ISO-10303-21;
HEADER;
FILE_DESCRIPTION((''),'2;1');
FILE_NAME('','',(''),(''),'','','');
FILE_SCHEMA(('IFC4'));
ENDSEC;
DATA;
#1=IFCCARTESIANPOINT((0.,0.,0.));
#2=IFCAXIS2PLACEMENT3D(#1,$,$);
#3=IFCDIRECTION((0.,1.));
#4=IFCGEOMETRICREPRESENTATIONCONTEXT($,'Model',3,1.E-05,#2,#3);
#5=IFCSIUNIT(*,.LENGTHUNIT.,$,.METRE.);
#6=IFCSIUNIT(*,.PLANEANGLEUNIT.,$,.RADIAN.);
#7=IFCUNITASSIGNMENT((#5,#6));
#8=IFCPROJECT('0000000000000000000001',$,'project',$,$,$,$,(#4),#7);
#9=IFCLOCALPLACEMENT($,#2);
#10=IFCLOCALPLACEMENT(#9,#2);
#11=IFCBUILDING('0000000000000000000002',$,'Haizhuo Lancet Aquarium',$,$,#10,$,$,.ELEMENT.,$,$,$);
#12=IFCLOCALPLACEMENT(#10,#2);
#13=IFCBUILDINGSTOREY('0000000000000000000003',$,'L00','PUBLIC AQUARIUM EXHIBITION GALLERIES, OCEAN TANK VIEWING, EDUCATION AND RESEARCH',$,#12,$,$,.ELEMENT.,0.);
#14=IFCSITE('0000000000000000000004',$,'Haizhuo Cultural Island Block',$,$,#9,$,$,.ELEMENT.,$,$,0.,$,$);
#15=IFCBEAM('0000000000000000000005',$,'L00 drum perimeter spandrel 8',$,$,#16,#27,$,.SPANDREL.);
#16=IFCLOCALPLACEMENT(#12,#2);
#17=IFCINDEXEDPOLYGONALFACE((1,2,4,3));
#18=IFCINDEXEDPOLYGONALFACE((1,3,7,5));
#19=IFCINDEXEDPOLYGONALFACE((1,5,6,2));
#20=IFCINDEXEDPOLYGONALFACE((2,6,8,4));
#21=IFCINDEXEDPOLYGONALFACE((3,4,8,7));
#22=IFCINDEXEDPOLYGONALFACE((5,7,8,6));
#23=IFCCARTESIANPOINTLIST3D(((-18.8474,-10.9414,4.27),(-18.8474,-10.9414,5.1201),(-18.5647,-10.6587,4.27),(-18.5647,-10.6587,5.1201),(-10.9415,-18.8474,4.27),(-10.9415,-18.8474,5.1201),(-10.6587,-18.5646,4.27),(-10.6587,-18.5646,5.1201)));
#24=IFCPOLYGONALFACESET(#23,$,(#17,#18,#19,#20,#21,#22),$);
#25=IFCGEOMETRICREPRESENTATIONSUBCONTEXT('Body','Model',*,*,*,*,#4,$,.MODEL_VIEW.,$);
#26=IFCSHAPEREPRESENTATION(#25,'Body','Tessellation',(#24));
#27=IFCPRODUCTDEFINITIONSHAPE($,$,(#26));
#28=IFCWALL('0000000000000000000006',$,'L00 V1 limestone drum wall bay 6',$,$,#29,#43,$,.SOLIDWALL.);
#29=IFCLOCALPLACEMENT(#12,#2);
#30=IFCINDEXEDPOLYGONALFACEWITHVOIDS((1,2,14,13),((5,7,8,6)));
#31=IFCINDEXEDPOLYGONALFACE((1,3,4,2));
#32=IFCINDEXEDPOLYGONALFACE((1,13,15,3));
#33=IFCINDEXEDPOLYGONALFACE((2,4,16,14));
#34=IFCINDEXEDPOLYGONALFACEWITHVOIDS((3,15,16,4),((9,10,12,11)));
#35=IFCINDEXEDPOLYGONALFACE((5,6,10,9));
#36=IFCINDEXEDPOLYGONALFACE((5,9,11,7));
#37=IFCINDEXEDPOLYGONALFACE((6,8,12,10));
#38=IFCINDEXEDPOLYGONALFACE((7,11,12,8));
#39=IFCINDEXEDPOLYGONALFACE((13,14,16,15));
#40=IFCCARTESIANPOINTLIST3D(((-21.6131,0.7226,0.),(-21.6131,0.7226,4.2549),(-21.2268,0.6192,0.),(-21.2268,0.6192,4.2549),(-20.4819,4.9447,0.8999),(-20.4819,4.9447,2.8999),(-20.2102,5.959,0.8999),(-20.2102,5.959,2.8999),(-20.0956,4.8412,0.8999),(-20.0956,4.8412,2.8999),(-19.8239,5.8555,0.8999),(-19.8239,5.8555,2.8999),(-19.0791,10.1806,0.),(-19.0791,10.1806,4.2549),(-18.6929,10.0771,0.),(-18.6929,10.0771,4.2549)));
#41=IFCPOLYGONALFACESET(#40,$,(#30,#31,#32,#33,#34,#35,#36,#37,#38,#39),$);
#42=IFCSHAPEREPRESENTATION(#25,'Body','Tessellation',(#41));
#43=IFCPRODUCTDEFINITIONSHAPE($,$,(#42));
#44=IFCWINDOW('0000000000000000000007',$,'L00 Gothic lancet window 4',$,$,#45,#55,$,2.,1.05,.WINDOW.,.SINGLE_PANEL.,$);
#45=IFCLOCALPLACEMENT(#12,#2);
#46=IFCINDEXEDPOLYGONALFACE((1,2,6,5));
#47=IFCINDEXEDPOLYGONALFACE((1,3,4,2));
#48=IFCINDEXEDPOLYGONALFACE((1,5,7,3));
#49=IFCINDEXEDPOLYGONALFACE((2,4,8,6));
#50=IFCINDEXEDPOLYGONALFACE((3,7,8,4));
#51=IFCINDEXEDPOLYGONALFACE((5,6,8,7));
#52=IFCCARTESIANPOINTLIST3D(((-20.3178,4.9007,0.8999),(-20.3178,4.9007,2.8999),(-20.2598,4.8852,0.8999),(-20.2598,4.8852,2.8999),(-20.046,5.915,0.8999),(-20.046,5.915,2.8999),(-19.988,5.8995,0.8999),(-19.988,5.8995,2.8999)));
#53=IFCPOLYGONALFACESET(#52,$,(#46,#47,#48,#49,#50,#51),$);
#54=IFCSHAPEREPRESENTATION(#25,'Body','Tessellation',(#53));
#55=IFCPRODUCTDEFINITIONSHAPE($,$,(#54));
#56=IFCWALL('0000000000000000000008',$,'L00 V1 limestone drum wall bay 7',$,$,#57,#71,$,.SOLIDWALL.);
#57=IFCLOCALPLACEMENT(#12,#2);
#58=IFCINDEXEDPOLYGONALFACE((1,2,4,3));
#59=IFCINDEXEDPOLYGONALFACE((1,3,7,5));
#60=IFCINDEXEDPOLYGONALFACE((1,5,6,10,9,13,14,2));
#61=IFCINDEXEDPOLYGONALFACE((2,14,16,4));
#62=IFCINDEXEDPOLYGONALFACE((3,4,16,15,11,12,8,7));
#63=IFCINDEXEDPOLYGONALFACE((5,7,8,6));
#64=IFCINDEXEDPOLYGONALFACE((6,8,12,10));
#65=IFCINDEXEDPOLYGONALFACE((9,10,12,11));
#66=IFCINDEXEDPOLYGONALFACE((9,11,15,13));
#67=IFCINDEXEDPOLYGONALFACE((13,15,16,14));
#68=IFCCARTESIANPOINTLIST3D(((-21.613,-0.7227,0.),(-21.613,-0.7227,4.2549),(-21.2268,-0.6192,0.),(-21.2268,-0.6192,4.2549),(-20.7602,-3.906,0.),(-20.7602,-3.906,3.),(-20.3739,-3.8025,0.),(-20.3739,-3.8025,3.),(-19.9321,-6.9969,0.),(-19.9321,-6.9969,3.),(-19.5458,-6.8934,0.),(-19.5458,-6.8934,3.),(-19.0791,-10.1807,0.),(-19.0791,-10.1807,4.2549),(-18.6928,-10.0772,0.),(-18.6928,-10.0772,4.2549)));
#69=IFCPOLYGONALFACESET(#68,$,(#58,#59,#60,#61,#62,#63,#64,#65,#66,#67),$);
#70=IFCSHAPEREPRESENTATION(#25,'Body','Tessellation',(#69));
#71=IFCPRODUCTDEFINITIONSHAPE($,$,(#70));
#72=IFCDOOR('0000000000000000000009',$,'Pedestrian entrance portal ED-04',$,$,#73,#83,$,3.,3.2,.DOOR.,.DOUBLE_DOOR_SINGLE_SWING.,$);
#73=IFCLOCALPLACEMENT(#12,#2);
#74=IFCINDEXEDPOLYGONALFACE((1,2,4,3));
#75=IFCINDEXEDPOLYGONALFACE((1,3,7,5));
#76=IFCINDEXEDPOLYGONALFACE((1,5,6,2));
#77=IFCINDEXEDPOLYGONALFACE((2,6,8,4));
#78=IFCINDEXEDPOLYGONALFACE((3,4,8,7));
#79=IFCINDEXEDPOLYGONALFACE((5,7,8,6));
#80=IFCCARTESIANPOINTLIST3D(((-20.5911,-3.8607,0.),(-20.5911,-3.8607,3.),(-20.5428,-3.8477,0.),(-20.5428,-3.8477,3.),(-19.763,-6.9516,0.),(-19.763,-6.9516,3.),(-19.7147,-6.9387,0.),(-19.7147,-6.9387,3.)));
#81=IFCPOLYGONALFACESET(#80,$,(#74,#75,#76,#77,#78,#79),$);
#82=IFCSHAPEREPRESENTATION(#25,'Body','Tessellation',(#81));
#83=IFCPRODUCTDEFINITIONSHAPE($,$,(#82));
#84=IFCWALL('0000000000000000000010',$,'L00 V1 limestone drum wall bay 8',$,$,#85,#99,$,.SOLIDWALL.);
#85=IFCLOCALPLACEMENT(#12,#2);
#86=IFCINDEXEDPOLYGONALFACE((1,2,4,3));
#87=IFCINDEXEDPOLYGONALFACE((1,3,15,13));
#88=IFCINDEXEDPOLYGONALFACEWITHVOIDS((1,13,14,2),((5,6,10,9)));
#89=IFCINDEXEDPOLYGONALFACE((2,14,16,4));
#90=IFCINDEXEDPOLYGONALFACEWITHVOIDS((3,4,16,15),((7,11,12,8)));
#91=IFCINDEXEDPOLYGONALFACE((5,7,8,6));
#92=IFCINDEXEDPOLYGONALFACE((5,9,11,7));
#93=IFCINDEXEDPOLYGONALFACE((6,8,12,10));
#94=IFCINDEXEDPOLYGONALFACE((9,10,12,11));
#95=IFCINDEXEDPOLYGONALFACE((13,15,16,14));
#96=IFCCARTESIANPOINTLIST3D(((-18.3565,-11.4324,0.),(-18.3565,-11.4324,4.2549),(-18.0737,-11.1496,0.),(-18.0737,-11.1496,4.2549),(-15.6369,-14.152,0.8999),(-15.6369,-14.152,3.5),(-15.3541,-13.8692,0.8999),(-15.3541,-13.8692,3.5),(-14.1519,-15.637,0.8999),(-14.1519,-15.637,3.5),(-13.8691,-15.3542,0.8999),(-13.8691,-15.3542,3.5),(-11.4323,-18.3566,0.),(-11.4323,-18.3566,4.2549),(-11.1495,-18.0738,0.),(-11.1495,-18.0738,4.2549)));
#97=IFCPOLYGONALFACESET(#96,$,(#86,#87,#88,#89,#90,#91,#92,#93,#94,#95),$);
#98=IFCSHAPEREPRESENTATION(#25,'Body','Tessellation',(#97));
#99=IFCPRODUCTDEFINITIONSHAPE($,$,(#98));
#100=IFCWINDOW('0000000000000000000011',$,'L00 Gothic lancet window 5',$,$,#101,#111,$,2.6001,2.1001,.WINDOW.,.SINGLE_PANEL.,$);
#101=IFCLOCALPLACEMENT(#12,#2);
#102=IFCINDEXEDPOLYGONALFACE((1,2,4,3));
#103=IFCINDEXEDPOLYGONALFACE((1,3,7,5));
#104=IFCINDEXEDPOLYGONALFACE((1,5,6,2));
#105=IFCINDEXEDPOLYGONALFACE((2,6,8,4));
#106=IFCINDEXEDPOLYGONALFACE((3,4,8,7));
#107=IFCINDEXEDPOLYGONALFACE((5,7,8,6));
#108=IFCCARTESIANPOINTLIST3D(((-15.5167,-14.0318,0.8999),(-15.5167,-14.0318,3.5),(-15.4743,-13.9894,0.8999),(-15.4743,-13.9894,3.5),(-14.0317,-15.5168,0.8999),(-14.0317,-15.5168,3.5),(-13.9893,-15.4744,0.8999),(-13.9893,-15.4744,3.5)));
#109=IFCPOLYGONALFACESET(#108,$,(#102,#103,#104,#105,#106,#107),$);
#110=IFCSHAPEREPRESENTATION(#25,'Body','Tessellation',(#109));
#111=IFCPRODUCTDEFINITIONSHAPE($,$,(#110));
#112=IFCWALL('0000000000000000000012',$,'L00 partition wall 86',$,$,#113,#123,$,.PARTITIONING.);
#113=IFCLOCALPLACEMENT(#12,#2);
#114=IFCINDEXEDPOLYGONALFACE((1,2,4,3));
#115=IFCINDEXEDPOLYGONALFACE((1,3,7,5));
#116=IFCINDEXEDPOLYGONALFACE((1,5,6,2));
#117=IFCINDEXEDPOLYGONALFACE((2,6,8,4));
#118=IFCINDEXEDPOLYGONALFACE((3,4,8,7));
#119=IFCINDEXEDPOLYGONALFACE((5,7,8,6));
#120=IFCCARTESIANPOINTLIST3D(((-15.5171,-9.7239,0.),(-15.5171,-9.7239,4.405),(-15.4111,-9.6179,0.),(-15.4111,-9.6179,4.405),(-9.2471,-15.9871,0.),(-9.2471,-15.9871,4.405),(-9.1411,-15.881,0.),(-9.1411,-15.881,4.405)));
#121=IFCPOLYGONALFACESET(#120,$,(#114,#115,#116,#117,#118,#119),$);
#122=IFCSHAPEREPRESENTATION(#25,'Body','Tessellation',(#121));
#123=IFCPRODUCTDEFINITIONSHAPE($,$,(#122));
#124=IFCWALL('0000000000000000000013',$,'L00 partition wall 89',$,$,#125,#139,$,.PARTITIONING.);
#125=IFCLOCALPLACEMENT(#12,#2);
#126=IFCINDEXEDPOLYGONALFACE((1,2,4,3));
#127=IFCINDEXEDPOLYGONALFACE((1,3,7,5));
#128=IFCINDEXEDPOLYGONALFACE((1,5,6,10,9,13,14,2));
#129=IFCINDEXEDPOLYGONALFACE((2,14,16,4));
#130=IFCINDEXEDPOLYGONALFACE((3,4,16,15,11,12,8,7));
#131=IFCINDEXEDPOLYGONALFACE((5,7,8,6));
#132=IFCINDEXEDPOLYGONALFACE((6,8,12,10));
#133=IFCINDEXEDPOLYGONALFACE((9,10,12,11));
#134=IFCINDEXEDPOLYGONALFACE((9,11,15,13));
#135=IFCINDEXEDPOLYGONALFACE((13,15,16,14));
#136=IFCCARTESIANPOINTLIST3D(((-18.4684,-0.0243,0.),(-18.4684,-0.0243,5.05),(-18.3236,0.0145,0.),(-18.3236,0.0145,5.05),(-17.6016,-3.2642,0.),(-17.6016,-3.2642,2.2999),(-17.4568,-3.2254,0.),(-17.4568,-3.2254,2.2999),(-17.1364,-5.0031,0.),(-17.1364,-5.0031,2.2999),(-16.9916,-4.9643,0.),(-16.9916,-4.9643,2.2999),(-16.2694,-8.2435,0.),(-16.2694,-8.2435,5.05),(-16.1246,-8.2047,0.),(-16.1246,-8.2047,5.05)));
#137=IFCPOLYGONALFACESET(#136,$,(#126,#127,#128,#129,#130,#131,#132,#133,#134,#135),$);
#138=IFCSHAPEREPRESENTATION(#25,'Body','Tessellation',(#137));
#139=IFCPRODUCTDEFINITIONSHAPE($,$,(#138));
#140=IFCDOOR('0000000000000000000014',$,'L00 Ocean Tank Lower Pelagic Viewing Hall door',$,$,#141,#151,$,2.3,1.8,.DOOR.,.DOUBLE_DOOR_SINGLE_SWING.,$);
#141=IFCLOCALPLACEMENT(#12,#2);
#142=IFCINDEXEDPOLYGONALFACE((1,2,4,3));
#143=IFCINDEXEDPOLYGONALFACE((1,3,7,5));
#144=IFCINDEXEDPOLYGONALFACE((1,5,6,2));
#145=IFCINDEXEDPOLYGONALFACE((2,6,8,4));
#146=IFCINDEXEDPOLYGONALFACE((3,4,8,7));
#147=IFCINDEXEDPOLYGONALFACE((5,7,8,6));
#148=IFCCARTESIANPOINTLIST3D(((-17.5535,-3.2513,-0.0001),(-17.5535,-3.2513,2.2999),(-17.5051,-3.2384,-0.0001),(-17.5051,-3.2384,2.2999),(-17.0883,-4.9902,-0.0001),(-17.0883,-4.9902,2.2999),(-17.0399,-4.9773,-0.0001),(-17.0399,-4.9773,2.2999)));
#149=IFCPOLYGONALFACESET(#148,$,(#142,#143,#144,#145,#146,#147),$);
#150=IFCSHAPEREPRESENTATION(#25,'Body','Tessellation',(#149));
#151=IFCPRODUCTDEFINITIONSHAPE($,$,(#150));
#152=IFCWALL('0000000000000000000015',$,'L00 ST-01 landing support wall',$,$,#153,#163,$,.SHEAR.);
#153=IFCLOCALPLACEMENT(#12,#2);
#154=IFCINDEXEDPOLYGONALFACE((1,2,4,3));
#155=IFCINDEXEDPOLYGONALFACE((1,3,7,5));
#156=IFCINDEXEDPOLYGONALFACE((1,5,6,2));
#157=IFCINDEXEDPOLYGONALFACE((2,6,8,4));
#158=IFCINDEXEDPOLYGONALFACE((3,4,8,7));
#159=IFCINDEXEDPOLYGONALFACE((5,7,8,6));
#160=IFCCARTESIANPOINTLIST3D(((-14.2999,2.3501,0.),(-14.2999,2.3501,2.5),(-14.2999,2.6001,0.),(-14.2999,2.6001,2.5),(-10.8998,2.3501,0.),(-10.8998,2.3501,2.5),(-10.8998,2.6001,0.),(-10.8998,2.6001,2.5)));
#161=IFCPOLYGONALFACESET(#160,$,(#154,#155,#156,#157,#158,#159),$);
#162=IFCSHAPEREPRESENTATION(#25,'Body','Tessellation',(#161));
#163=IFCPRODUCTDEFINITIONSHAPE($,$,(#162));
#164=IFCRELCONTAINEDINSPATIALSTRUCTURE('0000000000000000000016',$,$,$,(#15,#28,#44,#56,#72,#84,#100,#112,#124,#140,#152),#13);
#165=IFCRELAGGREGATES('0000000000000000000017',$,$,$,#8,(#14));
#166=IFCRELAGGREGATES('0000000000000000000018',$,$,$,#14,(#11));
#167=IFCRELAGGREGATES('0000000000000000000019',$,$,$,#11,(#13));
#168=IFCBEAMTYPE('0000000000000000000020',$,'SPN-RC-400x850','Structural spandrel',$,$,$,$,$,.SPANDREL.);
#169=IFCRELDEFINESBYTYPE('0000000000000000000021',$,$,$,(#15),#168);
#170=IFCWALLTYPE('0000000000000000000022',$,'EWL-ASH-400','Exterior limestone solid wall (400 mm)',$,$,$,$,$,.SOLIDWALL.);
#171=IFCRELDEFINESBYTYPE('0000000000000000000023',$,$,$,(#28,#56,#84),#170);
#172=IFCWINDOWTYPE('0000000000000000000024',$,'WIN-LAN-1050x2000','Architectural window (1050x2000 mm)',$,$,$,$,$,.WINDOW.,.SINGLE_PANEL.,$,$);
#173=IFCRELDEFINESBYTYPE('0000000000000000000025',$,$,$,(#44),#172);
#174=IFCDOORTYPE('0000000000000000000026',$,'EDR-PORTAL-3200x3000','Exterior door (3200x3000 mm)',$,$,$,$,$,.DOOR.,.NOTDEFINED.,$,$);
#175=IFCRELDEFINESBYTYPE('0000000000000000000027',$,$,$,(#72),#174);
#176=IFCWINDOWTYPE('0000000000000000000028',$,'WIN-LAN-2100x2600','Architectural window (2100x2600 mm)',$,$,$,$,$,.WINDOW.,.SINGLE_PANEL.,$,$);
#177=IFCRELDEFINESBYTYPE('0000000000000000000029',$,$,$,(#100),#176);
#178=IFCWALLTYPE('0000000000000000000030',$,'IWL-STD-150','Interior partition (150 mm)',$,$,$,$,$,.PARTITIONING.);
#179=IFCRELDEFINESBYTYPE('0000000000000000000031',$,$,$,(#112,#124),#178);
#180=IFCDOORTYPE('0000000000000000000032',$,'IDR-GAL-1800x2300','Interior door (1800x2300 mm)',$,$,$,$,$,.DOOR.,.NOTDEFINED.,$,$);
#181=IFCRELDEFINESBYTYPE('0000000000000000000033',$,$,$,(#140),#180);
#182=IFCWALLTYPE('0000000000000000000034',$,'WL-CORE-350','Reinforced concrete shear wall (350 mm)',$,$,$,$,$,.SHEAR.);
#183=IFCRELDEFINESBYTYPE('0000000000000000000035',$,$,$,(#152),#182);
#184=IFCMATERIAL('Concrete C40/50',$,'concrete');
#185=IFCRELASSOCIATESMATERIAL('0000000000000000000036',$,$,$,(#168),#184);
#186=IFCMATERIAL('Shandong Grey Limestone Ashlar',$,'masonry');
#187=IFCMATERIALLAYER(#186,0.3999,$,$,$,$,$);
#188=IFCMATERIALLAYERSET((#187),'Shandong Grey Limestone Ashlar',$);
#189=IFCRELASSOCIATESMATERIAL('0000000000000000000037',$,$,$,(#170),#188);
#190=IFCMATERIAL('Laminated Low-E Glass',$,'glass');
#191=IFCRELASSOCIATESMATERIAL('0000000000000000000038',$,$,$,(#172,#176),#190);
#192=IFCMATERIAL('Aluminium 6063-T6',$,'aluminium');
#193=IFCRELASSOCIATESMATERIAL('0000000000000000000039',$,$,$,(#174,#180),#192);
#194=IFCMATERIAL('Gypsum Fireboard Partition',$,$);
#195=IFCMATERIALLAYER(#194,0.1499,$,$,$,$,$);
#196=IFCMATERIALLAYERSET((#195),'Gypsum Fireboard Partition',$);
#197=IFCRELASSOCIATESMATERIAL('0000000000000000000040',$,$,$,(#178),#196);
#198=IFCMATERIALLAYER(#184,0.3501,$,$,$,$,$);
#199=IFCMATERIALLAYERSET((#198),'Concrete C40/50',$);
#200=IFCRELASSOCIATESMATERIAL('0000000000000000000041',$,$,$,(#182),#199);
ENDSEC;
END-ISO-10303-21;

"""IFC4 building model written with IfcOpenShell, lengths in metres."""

from ifc_helpers import new_model, si_unit, direction, frame, frame_2d, origin, origin_2d, place, context, subcontext, project, spatial, rectangle, extrude, material, layer, layer_set, material_profile, profile_set, type_object, element, fill, save


model = new_model("IFC4")

# Units and contexts
model_context = context("Model", 3, precision=1e-05, world=origin(), true_north=direction((0.0, 1.0)))
body_context = subcontext(model_context, "Body", "Model", "MODEL_VIEW")
ifc_project = project(units=[si_unit("LENGTHUNIT", "METRE"), si_unit("PLANEANGLEUNIT", "RADIAN")], contexts=[model_context])

# Site, building, storey
site_placement = place(None, origin())
site = spatial("IfcSite", under=ifc_project, at=site_placement, Name="Haizhuo Cultural Island Block", CompositionType="ELEMENT", RefElevation=0.0)
building_placement = place(site_placement, origin())
building = spatial("IfcBuilding", under=site, at=building_placement, Name="Haizhuo Lancet Aquarium", CompositionType="ELEMENT")
storey_placement = place(building_placement, origin())
storey = spatial("IfcBuildingStorey", under=building, at=storey_placement, Name="L00", Description="PUBLIC AQUARIUM EXHIBITION GALLERIES, OCEAN TANK VIEWING, EDUCATION AND RESEARCH", CompositionType="ELEMENT", Elevation=0.0)

# Beam
ifc_material_1 = material(Name="Concrete C40/50", Category="concrete")
ifc_material_profile_1 = material_profile(ifc_material_1, rectangle(XDim=0.3999, YDim=0.8501, at=origin_2d()), Name="RC-SP 400x850")
ifc_profile_set_1 = profile_set([ifc_material_profile_1], Name="Concrete C40/50")
beam_type = type_object("IfcBeamType", Name="SPN-RC-400x850", Description="Structural spandrel", PredefinedType="SPANDREL", material=ifc_profile_set_1)
beam_placement = place(storey_placement, frame((-18.7061, -10.8, 4.6951), z_axis=(0.707107, -0.707107, 0.0), x_axis=(0.707107, 0.707107, 0.0)))
element("IfcBeam", 1, at=beam_placement, inside=storey, type_object=beam_type, Name="L00 drum perimeter spandrel 8", PredefinedType="SPANDREL", context=body_context, shape_type="SweptSolid", body=[
    extrude(rectangle(XDim=0.3999, YDim=0.8501, at=origin_2d()), origin(), (0.0, 0.0, 1.0), 11.1807),
])

# Wall, opening, window
ifc_material_2 = material(Name="Shandong Grey Limestone Ashlar", Category="masonry")
ifc_layer_1 = layer(ifc_material_2, 0.3999)
ifc_layer_set_1 = layer_set([ifc_layer_1], Name="Shandong Grey Limestone Ashlar")
wall_type_1 = type_object("IfcWallType", Name="EWL-ASH-400", Description="Exterior limestone solid wall (400 mm)", PredefinedType="SOLIDWALL", material=ifc_layer_set_1)
wall_1_placement = place(storey_placement, frame((-21.4199, 0.6709, 0.0), z_axis=(0.0, 0.0, 1.0), x_axis=(0.258788, 0.965934, 0.0)))
wall_1 = element("IfcWall", 2, at=wall_1_placement, inside=storey, type_object=wall_type_1, Name="L00 V1 limestone drum wall bay 6", PredefinedType="SOLIDWALL", context=body_context, shape_type="SweptSolid", body=[
    extrude(rectangle(XDim=9.7915, YDim=0.3999, at=frame_2d((4.8958, 0.0))), origin(), (0.0, 0.0, 1.0), 4.2549),
])
opening_1_placement = place(wall_1_placement, frame((4.3711, 0.0, 0.8999)))
opening_1 = element("IfcOpeningElement", 3, at=opening_1_placement, cuts=wall_1, PredefinedType="OPENING", context=body_context, shape_type="SweptSolid", body=[
    extrude(rectangle(XDim=1.05, YDim=2.0, at=frame_2d((0.5249, 1.0))), frame((0.0, 0.21, 0.0), z_axis=(0.0, -1.0, 0.0), x_axis=(1.0, 0.0, 0.0)), (0.0, 0.0, 1.0), 0.4199),
])
ifc_material_3 = material(Name="Laminated Low-E Glass", Category="glass")
window_type_1 = type_object("IfcWindowType", Name="WIN-LAN-1050x2000", Description="Architectural window (1050x2000 mm)", PartitioningType="SINGLE_PANEL", PredefinedType="WINDOW", material=ifc_material_3)
window_1_placement = place(opening_1_placement, origin())
window_1 = element("IfcWindow", 4, at=window_1_placement, inside=storey, type_object=window_type_1, Name="L00 Gothic lancet window 4", OverallHeight=2.0, OverallWidth=1.05, PartitioningType="SINGLE_PANEL", PredefinedType="WINDOW", context=body_context, shape_type="SweptSolid", body=[
    extrude(rectangle(XDim=1.05, YDim=2.0, at=frame_2d((0.5249, 1.0))), frame((0.0, 0.03, 0.0), z_axis=(0.0, -1.0, 0.0), x_axis=(1.0, 0.0, 0.0)), (0.0, 0.0, 1.0), 0.0601),
])
fill(opening_1, window_1)

# Wall, opening, door
wall_2_placement = place(storey_placement, frame((-18.886, -10.1289, 0.0), z_axis=(0.0, 0.0, 1.0), x_axis=(-0.258788, 0.965934, 0.0)))
wall_2 = element("IfcWall", 5, at=wall_2_placement, inside=storey, type_object=wall_type_1, Name="L00 V1 limestone drum wall bay 7", PredefinedType="SOLIDWALL", context=body_context, shape_type="SweptSolid", body=[
    extrude(rectangle(XDim=9.7915, YDim=0.3999, at=frame_2d((4.8958, 0.0))), origin(), (0.0, 0.0, 1.0), 4.2549),
])
opening_2_placement = place(wall_2_placement, frame((3.2959, 0.0, 0.0)))
opening_2 = element("IfcOpeningElement", 6, at=opening_2_placement, cuts=wall_2, PredefinedType="OPENING", context=body_context, shape_type="SweptSolid", body=[
    extrude(rectangle(XDim=3.2, YDim=3.0, at=frame_2d((1.6001, 1.5))), frame((0.0, 0.21, 0.0), z_axis=(0.0, -1.0, 0.0), x_axis=(1.0, 0.0, 0.0)), (0.0, 0.0, 1.0), 0.4199),
])
ifc_material_4 = material(Name="Aluminium 6063-T6", Category="aluminium")
door_type_1 = type_object("IfcDoorType", Name="EDR-PORTAL-3200x3000", Description="Exterior door (3200x3000 mm)", OperationType="NOTDEFINED", PredefinedType="DOOR", material=ifc_material_4)
door_1_placement = place(opening_2_placement, origin())
door_1 = element("IfcDoor", 7, at=door_1_placement, inside=storey, type_object=door_type_1, Name="Pedestrian entrance portal ED-04", OperationType="DOUBLE_DOOR_SINGLE_SWING", OverallHeight=3.0, OverallWidth=3.2, PredefinedType="DOOR", context=body_context, shape_type="SweptSolid", body=[
    extrude(rectangle(XDim=3.2, YDim=3.0, at=frame_2d((1.6001, 1.5))), frame((0.0, 0.0249, 0.0), z_axis=(0.0, -1.0, 0.0), x_axis=(1.0, 0.0, 0.0)), (0.0, 0.0, 1.0), 0.05),
])
fill(opening_2, door_1)

# Wall, opening, window
wall_3_placement = place(storey_placement, frame((-11.291, -18.2151, 0.0), z_axis=(0.0, 0.0, 1.0), x_axis=(-0.707107, 0.707107, 0.0)))
wall_3 = element("IfcWall", 8, at=wall_3_placement, inside=storey, type_object=wall_type_1, Name="L00 V1 limestone drum wall bay 8", PredefinedType="SOLIDWALL", context=body_context, shape_type="SweptSolid", body=[
    extrude(rectangle(XDim=9.7922, YDim=0.3999, at=frame_2d((4.896, 0.0))), origin(), (0.0, 0.0, 1.0), 4.2549),
])
opening_3_placement = place(wall_3_placement, frame((3.8459, 0.0, 0.8999)))
opening_3 = element("IfcOpeningElement", 9, at=opening_3_placement, cuts=wall_3, PredefinedType="OPENING", context=body_context, shape_type="SweptSolid", body=[
    extrude(rectangle(XDim=2.1001, YDim=2.6001, at=frame_2d((1.05, 1.3))), frame((0.0, 0.21, 0.0), z_axis=(0.0, -1.0, 0.0), x_axis=(1.0, 0.0, 0.0)), (0.0, 0.0, 1.0), 0.4199),
])
window_type_2 = type_object("IfcWindowType", Name="WIN-LAN-2100x2600", Description="Architectural window (2100x2600 mm)", PartitioningType="SINGLE_PANEL", PredefinedType="WINDOW", material=ifc_material_3)
window_2_placement = place(opening_3_placement, origin())
window_2 = element("IfcWindow", 10, at=window_2_placement, inside=storey, type_object=window_type_2, Name="L00 Gothic lancet window 5", OverallHeight=2.6001, OverallWidth=2.1001, PartitioningType="SINGLE_PANEL", PredefinedType="WINDOW", context=body_context, shape_type="SweptSolid", body=[
    extrude(rectangle(XDim=2.1001, YDim=2.6001, at=frame_2d((1.05, 1.3))), frame((0.0, 0.03, 0.0), z_axis=(0.0, -1.0, 0.0), x_axis=(1.0, 0.0, 0.0)), (0.0, 0.0, 1.0), 0.0601),
])
fill(opening_3, window_2)

# Wall
ifc_material_5 = material(Name="Gypsum Fireboard Partition")
ifc_layer_2 = layer(ifc_material_5, 0.1499)
ifc_layer_set_2 = layer_set([ifc_layer_2], Name="Gypsum Fireboard Partition")
wall_type_2 = type_object("IfcWallType", Name="IWL-STD-150", Description="Interior partition (150 mm)", PredefinedType="PARTITIONING", material=ifc_layer_set_2)
wall_4_placement = place(storey_placement, frame((-15.4641, -9.6709, 0.0), z_axis=(0.0, 0.0, 1.0), x_axis=(0.707492, -0.706721, 0.0)))
element("IfcWall", 11, at=wall_4_placement, inside=storey, type_object=wall_type_2, Name="L00 partition wall 86", PredefinedType="PARTITIONING", context=body_context, shape_type="SweptSolid", body=[
    extrude(rectangle(XDim=8.8623, YDim=0.1499, at=frame_2d((4.4312, 0.0))), origin(), (0.0, 0.0, 1.0), 4.405),
])

# Wall, opening, door
wall_5_placement = place(storey_placement, frame((-18.396, -0.0049, 0.0), z_axis=(0.0, 0.0, 1.0), x_axis=(0.25845, -0.966025, 0.0)))
wall_5 = element("IfcWall", 12, at=wall_5_placement, inside=storey, type_object=wall_type_2, Name="L00 partition wall 89", PredefinedType="PARTITIONING", context=body_context, shape_type="SweptSolid", body=[
    extrude(rectangle(XDim=8.5083, YDim=0.1499, at=frame_2d((4.2542, 0.0))), origin(), (0.0, 0.0, 1.0), 5.05),
])
opening_4_placement = place(wall_5_placement, frame((3.354, 0.0, 0.0)))
opening_4 = element("IfcOpeningElement", 13, at=opening_4_placement, cuts=wall_5, PredefinedType="OPENING", context=body_context, shape_type="SweptSolid", body=[
    extrude(rectangle(XDim=1.8, YDim=2.3, at=frame_2d((0.8999, 1.1499))), frame((0.0, 0.085, 0.0), z_axis=(0.0, -1.0, 0.0), x_axis=(1.0, 0.0, 0.0)), (0.0, 0.0, 1.0), 0.1699),
])
door_type_2 = type_object("IfcDoorType", Name="IDR-GAL-1800x2300", Description="Interior door (1800x2300 mm)", OperationType="NOTDEFINED", PredefinedType="DOOR", material=ifc_material_4)
door_2_placement = place(opening_4_placement, origin())
door_2 = element("IfcDoor", 14, at=door_2_placement, inside=storey, type_object=door_type_2, Name="L00 Ocean Tank Lower Pelagic Viewing Hall door", OperationType="DOUBLE_DOOR_SINGLE_SWING", OverallHeight=2.3, OverallWidth=1.8, PredefinedType="DOOR", context=body_context, shape_type="SweptSolid", body=[
    extrude(rectangle(XDim=1.8, YDim=2.3, at=frame_2d((0.8999, 1.1499))), frame((0.0, 0.0249, 0.0), z_axis=(0.0, -1.0, 0.0), x_axis=(1.0, 0.0, 0.0)), (0.0, 0.0, 1.0), 0.05),
])
fill(opening_4, door_2)

# Wall
ifc_layer_3 = layer(ifc_material_1, 0.3501)
ifc_layer_set_3 = layer_set([ifc_layer_3], Name="Concrete C40/50")
wall_type_3 = type_object("IfcWallType", Name="WL-CORE-350", Description="Reinforced concrete shear wall (350 mm)", PredefinedType="SHEAR", material=ifc_layer_set_3)
for number, where, z_axis, x_axis, name in (
    (15, (-14.3, 2.4751, 0.0), (0.0, 0.0, 1.0), (1.0, 0.0, 0.0), "L00 ST-01 landing support wall"),
):
    element("IfcWall", number, at=place(storey_placement, frame(where, z_axis=z_axis, x_axis=x_axis)), inside=storey, type_object=wall_type_3, Name=name, PredefinedType="SHEAR", context=body_context, shape_type="SweptSolid", body=[
        extrude(rectangle(XDim=3.4001, YDim=0.25, at=frame_2d((1.7002, 0.0))), origin(), (0.0, 0.0, 1.0), 2.5),
    ])

save(model, "model.ifc")
